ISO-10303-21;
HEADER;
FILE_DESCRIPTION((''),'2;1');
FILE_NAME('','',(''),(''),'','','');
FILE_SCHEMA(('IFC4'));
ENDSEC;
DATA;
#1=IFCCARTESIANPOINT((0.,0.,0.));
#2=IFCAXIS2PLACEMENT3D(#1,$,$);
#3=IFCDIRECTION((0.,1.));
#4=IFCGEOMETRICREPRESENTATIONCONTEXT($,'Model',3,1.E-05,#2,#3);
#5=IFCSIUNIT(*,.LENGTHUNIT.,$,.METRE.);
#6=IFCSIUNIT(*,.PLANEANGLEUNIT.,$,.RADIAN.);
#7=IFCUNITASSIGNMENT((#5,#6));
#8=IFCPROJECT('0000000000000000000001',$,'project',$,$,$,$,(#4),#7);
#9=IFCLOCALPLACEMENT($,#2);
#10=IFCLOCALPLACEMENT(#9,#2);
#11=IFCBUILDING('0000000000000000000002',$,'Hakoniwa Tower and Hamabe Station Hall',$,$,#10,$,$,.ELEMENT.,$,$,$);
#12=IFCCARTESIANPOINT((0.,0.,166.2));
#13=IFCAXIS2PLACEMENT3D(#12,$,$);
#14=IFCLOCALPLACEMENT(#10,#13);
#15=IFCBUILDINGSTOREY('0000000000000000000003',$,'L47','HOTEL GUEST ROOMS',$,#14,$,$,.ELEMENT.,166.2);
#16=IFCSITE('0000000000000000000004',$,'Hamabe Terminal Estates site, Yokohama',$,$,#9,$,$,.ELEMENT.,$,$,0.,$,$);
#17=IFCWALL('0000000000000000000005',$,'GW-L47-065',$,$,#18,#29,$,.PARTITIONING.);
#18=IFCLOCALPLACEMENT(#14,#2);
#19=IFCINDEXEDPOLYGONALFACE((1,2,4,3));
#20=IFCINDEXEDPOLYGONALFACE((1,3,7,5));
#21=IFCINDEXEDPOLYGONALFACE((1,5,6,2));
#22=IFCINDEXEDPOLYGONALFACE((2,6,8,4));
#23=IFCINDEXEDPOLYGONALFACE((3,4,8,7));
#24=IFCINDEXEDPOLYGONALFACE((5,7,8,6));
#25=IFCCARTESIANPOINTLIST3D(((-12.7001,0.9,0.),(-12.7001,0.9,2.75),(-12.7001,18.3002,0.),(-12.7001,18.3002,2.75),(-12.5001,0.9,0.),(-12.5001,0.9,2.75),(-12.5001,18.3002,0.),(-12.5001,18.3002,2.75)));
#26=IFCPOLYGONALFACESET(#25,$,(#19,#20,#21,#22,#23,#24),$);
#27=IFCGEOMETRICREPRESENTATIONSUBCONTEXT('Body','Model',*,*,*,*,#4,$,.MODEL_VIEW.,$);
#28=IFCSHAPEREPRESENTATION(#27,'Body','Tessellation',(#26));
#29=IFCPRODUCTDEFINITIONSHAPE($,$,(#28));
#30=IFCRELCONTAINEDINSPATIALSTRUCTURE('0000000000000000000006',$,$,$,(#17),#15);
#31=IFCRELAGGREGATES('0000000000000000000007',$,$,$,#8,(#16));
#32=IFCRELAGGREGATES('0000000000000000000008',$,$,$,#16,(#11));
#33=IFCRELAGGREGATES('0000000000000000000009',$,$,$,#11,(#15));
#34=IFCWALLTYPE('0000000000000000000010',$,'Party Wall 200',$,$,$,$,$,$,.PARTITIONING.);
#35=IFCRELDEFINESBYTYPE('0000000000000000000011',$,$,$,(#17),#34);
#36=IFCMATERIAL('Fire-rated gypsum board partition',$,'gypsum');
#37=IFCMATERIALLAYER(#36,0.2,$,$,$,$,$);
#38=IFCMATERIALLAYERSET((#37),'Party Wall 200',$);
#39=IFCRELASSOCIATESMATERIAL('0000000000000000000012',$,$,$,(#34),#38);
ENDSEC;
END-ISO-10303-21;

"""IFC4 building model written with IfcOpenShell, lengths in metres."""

from ifc_helpers import new_model, si_unit, direction, frame, frame_2d, origin, place, context, subcontext, project, spatial, rectangle, extrude, material, layer, layer_set, type_object, element, save


model = new_model("IFC4")

# Units and contexts
model_context = context("Model", 3, precision=1e-05, world=origin(), true_north=direction((0.0, 1.0)))
body_context = subcontext(model_context, "Body", "Model", "MODEL_VIEW")
ifc_project = project(units=[si_unit("LENGTHUNIT", "METRE"), si_unit("PLANEANGLEUNIT", "RADIAN")], contexts=[model_context])

# Site, building, storey
site_placement = place(None, origin())
site = spatial("IfcSite", under=ifc_project, at=site_placement, Name="Hamabe Terminal Estates site, Yokohama", CompositionType="ELEMENT", RefElevation=0.0)
building_placement = place(site_placement, origin())
building = spatial("IfcBuilding", under=site, at=building_placement, Name="Hakoniwa Tower and Hamabe Station Hall", CompositionType="ELEMENT")
storey_placement = place(building_placement, frame((0.0, 0.0, 166.2)))
storey = spatial("IfcBuildingStorey", under=building, at=storey_placement, Name="L47", Description="HOTEL GUEST ROOMS", CompositionType="ELEMENT", Elevation=166.2)

# Wall
ifc_material_1 = material(Name="Fire-rated gypsum board partition", Category="gypsum")
ifc_layer_1 = layer(ifc_material_1, 0.2)
ifc_layer_set_1 = layer_set([ifc_layer_1], Name="Party Wall 200")
wall_type_1 = type_object("IfcWallType", Name="Party Wall 200", PredefinedType="PARTITIONING", material=ifc_layer_set_1)
wall_1_placement = place(storey_placement, frame((-12.6001, 0.8999, 0.0), z_axis=(0.0, 0.0, 1.0), x_axis=(0.0, 1.0, 0.0)))
element("IfcWall", 1, at=wall_1_placement, inside=storey, type_object=wall_type_1, Name="GW-L47-065", PredefinedType="PARTITIONING", context=body_context, shape_type="SweptSolid", body=[
    extrude(rectangle(XDim=17.4001, YDim=0.2, at=frame_2d((8.7002, 0.0))), origin(), (0.0, 0.0, 1.0), 2.75),
])

save(model, "model.ifc")
